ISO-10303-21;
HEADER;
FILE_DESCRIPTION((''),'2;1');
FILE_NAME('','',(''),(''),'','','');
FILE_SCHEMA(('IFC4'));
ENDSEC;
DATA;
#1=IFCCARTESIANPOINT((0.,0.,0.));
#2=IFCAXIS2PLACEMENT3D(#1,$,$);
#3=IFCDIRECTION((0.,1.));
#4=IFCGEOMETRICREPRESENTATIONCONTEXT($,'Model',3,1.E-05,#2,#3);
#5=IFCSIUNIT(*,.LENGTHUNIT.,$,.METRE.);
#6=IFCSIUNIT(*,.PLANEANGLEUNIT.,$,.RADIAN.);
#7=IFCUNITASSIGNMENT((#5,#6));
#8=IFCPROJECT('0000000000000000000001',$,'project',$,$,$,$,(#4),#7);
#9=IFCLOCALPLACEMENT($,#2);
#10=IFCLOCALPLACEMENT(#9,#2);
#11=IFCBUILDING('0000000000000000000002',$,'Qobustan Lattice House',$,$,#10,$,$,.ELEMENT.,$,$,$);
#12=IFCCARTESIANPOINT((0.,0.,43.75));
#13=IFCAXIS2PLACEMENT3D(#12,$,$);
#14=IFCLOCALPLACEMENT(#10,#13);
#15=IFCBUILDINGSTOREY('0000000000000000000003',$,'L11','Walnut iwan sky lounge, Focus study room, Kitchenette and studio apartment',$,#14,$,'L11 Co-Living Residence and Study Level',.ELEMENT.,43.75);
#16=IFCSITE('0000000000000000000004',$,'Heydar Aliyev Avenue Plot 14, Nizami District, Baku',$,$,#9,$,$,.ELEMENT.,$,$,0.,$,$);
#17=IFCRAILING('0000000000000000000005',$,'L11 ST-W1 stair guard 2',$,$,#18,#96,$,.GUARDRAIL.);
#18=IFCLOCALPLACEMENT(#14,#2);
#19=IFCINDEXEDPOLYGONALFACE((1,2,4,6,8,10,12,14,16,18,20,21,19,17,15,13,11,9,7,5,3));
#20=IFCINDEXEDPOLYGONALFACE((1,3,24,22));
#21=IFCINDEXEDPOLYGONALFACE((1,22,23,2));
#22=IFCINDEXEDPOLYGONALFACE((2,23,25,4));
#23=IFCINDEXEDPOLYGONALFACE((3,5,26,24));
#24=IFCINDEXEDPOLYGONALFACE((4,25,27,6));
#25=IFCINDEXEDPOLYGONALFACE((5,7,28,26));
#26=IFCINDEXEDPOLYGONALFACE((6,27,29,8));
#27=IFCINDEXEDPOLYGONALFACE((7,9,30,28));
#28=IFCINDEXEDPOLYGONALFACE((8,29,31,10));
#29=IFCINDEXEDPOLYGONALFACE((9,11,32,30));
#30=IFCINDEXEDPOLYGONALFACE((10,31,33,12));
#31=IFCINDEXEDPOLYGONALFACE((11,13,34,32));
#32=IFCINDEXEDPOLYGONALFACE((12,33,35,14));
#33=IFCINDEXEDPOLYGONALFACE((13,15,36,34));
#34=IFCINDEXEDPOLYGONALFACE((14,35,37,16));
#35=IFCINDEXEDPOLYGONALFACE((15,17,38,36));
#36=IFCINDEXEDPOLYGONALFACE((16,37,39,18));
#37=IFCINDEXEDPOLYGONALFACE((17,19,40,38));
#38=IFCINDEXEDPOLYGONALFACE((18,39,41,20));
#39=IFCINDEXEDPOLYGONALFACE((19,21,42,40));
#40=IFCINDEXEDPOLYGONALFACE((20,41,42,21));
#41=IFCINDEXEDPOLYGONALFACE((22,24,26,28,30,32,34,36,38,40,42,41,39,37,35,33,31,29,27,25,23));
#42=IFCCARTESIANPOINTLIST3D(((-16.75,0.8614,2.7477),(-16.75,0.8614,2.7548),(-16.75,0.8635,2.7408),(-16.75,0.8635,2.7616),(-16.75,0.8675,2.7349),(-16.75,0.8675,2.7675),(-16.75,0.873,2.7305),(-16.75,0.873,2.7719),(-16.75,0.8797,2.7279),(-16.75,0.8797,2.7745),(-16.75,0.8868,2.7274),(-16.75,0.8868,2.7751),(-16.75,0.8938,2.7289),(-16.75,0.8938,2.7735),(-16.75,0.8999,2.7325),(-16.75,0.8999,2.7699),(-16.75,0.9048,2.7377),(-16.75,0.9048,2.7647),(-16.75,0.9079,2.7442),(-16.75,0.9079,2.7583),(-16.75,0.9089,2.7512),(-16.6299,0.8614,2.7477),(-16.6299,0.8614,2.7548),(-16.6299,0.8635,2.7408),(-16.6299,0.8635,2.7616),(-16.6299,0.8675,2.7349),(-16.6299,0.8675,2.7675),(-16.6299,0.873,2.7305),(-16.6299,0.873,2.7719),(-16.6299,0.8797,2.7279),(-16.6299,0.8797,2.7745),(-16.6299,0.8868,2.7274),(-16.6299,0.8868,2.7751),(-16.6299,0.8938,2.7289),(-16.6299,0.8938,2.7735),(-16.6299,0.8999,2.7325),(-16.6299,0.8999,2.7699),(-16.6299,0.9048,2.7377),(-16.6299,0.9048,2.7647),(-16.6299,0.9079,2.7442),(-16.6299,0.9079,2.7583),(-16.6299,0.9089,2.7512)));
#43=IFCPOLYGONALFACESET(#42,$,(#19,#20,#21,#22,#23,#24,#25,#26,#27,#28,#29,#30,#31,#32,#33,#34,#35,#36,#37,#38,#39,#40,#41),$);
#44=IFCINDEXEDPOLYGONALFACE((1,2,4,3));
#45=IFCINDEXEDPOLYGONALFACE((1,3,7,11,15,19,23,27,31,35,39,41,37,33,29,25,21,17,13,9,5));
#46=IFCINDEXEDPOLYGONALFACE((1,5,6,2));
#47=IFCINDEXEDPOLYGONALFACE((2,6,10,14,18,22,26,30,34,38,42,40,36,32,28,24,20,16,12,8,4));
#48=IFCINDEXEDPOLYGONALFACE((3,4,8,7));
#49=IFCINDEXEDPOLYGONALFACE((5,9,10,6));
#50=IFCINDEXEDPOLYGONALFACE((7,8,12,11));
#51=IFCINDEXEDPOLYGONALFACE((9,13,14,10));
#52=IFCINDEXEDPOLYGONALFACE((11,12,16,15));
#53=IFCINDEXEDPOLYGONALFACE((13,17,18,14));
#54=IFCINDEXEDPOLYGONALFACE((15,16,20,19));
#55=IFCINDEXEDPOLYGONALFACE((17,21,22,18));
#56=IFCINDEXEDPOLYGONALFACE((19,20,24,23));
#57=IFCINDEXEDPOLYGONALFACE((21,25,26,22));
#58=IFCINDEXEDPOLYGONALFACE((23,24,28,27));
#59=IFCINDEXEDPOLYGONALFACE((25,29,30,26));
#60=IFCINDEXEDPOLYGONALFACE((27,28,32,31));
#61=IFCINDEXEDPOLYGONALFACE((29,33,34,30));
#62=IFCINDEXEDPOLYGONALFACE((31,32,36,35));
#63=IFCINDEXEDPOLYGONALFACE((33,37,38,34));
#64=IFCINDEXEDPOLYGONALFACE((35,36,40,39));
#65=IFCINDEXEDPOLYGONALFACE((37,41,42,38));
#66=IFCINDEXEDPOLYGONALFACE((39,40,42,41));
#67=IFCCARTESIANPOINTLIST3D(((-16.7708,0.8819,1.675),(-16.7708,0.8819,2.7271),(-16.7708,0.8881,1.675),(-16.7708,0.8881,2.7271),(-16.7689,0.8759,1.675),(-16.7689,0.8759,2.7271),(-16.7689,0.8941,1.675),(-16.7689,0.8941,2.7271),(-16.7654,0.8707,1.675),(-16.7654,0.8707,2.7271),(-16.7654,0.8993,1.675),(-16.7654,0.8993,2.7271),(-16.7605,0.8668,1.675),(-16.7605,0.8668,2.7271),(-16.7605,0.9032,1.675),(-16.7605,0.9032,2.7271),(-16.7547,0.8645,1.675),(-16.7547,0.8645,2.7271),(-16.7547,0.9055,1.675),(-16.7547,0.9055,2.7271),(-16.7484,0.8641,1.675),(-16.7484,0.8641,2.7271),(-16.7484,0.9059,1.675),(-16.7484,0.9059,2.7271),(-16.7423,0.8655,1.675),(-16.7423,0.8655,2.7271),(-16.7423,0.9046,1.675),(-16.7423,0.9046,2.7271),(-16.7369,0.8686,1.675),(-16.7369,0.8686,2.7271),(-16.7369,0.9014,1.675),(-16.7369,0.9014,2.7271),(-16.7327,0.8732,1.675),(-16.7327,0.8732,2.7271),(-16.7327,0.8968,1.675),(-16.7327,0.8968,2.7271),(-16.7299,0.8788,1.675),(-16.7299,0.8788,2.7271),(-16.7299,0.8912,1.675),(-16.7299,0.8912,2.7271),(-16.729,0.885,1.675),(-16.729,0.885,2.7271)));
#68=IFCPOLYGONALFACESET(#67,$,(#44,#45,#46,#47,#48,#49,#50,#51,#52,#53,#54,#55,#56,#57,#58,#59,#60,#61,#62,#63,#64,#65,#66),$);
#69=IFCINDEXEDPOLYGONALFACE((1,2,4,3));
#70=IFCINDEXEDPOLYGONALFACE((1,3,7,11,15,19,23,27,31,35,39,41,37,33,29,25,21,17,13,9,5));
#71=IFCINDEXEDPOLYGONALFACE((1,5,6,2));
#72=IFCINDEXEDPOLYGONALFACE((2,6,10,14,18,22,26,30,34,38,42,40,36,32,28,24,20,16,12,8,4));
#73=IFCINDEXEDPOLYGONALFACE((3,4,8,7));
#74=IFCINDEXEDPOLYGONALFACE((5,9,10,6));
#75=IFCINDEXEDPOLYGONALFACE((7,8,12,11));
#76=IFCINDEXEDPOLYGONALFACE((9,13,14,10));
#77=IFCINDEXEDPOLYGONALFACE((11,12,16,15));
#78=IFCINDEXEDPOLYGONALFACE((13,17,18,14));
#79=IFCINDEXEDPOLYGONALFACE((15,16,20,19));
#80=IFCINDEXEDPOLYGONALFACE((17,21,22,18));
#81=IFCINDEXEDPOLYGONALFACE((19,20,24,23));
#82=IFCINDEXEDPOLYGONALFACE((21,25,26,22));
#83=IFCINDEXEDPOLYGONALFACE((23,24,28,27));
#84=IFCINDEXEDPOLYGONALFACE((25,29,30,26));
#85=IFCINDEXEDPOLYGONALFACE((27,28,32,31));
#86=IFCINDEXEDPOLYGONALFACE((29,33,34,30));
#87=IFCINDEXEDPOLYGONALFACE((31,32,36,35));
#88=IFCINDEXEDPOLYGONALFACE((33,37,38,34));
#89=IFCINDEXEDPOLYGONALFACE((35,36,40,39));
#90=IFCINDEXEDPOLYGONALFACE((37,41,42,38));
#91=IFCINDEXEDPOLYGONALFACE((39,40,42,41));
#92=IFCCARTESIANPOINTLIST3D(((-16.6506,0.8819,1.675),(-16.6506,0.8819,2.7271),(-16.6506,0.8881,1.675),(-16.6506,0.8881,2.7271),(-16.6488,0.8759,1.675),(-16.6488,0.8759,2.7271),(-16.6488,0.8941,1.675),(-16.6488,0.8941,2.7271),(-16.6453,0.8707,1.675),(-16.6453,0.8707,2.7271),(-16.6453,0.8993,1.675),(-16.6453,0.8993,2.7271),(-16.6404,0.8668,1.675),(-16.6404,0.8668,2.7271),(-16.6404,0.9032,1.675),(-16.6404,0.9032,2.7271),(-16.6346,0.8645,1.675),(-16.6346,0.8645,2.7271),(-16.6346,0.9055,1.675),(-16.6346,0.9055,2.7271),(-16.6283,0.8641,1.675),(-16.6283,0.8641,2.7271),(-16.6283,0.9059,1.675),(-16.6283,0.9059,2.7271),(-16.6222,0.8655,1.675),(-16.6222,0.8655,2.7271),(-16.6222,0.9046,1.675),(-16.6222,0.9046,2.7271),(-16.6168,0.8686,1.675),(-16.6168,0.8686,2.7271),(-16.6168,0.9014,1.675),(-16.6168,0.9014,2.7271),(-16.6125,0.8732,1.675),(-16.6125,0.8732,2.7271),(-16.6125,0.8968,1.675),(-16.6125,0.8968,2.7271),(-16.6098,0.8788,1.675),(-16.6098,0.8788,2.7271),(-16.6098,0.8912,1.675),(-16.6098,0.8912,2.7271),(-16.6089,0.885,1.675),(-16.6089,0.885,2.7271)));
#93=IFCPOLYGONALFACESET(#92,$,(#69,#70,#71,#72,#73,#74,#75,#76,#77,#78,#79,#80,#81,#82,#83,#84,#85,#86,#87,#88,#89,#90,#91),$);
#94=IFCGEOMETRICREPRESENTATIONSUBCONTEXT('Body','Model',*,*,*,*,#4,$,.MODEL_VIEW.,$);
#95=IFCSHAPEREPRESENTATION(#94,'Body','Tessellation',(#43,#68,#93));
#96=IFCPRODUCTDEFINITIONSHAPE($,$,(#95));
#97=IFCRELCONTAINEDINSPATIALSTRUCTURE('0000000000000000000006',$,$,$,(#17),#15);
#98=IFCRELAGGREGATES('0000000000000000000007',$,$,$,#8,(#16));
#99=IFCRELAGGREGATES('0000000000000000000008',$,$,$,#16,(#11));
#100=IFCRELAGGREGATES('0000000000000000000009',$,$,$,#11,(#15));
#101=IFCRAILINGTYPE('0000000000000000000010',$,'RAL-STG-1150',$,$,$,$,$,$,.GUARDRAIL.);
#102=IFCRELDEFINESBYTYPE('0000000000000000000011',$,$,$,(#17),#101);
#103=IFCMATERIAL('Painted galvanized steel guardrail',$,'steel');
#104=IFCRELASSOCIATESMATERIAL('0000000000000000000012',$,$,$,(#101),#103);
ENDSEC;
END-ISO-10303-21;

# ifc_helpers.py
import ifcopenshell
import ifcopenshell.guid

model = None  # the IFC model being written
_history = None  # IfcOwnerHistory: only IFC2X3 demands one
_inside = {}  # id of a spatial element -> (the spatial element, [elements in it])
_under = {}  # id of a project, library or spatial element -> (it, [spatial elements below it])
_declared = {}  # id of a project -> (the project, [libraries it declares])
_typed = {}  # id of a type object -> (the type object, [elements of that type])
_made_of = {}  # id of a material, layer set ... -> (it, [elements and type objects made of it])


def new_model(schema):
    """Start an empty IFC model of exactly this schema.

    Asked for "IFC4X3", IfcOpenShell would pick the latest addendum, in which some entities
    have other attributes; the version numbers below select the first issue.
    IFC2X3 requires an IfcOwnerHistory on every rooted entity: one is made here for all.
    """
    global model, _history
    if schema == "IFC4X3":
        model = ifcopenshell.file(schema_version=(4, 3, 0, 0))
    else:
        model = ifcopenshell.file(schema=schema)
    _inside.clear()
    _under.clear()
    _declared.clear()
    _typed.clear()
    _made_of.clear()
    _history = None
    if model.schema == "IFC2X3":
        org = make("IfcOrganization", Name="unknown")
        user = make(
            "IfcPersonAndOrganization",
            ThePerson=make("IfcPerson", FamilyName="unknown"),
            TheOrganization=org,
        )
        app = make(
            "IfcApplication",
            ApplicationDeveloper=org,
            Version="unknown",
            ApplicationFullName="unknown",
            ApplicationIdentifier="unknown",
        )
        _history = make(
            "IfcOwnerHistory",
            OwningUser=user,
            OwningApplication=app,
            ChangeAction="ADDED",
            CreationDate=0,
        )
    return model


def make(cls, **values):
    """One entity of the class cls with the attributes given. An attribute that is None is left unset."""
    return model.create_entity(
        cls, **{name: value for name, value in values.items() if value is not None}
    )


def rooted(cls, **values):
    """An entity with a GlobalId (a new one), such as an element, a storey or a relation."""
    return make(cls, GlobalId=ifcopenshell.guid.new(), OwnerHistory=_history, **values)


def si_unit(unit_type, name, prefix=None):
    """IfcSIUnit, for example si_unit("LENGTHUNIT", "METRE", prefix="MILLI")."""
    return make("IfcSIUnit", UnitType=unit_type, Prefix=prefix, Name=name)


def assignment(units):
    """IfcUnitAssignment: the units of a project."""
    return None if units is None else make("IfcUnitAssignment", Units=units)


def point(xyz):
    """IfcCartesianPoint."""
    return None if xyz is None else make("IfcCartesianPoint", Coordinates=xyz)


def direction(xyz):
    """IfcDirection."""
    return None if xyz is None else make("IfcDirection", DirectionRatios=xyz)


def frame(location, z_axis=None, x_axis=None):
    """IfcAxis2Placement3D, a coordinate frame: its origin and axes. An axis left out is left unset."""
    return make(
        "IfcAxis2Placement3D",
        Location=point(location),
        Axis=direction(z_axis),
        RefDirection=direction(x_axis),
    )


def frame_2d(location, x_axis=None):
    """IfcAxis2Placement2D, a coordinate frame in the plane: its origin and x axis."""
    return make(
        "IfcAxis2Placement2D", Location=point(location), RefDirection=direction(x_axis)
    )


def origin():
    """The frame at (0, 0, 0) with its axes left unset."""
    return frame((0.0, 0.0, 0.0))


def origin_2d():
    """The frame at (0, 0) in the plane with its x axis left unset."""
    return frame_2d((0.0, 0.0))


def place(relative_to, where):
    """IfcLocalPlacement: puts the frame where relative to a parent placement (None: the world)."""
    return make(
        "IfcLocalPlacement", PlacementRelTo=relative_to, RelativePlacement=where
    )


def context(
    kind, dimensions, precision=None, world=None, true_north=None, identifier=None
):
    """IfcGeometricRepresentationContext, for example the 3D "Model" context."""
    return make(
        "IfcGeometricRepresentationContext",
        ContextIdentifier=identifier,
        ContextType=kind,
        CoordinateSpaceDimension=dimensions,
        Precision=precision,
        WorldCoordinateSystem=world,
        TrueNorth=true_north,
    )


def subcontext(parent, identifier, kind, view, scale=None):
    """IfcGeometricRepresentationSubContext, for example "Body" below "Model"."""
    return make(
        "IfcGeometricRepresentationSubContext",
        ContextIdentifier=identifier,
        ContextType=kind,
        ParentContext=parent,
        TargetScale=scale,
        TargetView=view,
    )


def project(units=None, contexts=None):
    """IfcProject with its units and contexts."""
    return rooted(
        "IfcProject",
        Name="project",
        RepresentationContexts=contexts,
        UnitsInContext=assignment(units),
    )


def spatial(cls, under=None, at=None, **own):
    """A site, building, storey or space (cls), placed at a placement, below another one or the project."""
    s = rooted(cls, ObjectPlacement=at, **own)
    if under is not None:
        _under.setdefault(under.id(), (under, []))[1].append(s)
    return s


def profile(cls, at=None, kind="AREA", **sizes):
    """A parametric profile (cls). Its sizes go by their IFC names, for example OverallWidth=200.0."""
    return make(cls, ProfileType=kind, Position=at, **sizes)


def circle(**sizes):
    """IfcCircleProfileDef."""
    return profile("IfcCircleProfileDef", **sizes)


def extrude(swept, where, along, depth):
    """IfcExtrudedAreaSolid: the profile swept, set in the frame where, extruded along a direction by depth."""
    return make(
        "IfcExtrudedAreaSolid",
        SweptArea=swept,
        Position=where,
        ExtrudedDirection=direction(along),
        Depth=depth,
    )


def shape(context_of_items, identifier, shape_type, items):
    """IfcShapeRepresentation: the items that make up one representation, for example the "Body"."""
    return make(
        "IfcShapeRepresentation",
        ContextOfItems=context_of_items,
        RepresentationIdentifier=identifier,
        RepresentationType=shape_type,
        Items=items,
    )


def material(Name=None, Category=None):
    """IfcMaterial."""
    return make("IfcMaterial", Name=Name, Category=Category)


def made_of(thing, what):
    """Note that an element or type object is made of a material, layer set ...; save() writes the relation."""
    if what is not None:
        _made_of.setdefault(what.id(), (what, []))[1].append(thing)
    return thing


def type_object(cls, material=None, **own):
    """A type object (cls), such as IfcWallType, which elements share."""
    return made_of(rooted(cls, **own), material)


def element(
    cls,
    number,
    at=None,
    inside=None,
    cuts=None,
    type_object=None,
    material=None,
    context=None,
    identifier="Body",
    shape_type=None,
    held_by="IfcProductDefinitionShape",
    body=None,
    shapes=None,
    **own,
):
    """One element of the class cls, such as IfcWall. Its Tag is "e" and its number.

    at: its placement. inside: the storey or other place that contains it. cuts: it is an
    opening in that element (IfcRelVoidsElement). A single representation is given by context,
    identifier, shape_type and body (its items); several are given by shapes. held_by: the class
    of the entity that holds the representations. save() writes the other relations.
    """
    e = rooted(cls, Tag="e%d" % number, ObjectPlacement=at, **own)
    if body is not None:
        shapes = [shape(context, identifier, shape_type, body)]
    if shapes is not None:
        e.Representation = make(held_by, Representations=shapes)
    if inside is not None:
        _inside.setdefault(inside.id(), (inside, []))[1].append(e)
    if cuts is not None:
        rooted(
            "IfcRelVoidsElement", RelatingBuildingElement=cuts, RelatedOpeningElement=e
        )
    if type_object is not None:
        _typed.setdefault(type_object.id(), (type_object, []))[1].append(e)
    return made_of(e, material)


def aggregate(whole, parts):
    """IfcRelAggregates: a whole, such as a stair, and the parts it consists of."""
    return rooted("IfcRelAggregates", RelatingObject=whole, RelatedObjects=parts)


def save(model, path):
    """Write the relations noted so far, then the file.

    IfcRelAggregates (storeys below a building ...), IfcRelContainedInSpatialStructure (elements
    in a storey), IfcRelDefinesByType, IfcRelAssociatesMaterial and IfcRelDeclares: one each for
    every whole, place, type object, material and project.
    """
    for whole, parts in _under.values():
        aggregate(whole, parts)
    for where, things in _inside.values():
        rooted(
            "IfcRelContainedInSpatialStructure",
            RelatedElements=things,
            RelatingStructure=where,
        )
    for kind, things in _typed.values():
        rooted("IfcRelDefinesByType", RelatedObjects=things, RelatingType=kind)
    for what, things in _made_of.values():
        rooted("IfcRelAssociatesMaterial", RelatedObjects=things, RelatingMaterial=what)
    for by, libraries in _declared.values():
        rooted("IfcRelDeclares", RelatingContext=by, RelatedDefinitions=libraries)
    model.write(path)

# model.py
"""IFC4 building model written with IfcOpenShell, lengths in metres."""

from ifc_helpers import new_model, si_unit, direction, frame, origin, origin_2d, place, context, subcontext, project, spatial, circle, extrude, material, type_object, element, save


model = new_model("IFC4")

# Units and contexts
model_context = context("Model", 3, precision=1e-05, world=origin(), true_north=direction((0.0, 1.0)))
body_context = subcontext(model_context, "Body", "Model", "MODEL_VIEW")
ifc_project = project(units=[si_unit("LENGTHUNIT", "METRE"), si_unit("PLANEANGLEUNIT", "RADIAN")], contexts=[model_context])

# Site, building, storey
site_placement = place(None, origin())
site = spatial("IfcSite", under=ifc_project, at=site_placement, Name="Heydar Aliyev Avenue Plot 14, Nizami District, Baku", CompositionType="ELEMENT", RefElevation=0.0)
building_placement = place(site_placement, origin())
building = spatial("IfcBuilding", under=site, at=building_placement, Name="Qobustan Lattice House", CompositionType="ELEMENT")
storey_placement = place(building_placement, frame((0.0, 0.0, 43.75)))
storey = spatial("IfcBuildingStorey", under=building, at=storey_placement, Name="L11", Description="Walnut iwan sky lounge, Focus study room, Kitchenette and studio apartment", LongName="L11 Co-Living Residence and Study Level", CompositionType="ELEMENT", Elevation=43.75)

# Railing
ifc_material_1 = material(Name="Painted galvanized steel guardrail", Category="steel")
railing_type = type_object("IfcRailingType", Name="RAL-STG-1150", PredefinedType="GUARDRAIL", material=ifc_material_1)
railing_1_placement = place(storey_placement, frame((-16.75, 0.885, 1.675)))
element("IfcRailing", 1, at=railing_1_placement, inside=storey, type_object=railing_type, Name="L11 ST-W1 stair guard 2", PredefinedType="GUARDRAIL", context=body_context, shape_type="SweptSolid", body=[
    extrude(circle(Radius=0.0239, at=origin_2d()), frame((0.0, 0.0, 1.0762), z_axis=(1.0, 0.0, 0.0), x_axis=(0.0, 1.0, 0.0)), (0.0, 0.0, 1.0), 0.1201),
    extrude(circle(Radius=0.021, at=origin_2d()), origin(), (0.0, 0.0, 1.0), 1.052),
    extrude(circle(Radius=0.021, at=origin_2d()), frame((0.1201, 0.0, 0.0)), (0.0, 0.0, 1.0), 1.052),
])

save(model, "model.ifc")
